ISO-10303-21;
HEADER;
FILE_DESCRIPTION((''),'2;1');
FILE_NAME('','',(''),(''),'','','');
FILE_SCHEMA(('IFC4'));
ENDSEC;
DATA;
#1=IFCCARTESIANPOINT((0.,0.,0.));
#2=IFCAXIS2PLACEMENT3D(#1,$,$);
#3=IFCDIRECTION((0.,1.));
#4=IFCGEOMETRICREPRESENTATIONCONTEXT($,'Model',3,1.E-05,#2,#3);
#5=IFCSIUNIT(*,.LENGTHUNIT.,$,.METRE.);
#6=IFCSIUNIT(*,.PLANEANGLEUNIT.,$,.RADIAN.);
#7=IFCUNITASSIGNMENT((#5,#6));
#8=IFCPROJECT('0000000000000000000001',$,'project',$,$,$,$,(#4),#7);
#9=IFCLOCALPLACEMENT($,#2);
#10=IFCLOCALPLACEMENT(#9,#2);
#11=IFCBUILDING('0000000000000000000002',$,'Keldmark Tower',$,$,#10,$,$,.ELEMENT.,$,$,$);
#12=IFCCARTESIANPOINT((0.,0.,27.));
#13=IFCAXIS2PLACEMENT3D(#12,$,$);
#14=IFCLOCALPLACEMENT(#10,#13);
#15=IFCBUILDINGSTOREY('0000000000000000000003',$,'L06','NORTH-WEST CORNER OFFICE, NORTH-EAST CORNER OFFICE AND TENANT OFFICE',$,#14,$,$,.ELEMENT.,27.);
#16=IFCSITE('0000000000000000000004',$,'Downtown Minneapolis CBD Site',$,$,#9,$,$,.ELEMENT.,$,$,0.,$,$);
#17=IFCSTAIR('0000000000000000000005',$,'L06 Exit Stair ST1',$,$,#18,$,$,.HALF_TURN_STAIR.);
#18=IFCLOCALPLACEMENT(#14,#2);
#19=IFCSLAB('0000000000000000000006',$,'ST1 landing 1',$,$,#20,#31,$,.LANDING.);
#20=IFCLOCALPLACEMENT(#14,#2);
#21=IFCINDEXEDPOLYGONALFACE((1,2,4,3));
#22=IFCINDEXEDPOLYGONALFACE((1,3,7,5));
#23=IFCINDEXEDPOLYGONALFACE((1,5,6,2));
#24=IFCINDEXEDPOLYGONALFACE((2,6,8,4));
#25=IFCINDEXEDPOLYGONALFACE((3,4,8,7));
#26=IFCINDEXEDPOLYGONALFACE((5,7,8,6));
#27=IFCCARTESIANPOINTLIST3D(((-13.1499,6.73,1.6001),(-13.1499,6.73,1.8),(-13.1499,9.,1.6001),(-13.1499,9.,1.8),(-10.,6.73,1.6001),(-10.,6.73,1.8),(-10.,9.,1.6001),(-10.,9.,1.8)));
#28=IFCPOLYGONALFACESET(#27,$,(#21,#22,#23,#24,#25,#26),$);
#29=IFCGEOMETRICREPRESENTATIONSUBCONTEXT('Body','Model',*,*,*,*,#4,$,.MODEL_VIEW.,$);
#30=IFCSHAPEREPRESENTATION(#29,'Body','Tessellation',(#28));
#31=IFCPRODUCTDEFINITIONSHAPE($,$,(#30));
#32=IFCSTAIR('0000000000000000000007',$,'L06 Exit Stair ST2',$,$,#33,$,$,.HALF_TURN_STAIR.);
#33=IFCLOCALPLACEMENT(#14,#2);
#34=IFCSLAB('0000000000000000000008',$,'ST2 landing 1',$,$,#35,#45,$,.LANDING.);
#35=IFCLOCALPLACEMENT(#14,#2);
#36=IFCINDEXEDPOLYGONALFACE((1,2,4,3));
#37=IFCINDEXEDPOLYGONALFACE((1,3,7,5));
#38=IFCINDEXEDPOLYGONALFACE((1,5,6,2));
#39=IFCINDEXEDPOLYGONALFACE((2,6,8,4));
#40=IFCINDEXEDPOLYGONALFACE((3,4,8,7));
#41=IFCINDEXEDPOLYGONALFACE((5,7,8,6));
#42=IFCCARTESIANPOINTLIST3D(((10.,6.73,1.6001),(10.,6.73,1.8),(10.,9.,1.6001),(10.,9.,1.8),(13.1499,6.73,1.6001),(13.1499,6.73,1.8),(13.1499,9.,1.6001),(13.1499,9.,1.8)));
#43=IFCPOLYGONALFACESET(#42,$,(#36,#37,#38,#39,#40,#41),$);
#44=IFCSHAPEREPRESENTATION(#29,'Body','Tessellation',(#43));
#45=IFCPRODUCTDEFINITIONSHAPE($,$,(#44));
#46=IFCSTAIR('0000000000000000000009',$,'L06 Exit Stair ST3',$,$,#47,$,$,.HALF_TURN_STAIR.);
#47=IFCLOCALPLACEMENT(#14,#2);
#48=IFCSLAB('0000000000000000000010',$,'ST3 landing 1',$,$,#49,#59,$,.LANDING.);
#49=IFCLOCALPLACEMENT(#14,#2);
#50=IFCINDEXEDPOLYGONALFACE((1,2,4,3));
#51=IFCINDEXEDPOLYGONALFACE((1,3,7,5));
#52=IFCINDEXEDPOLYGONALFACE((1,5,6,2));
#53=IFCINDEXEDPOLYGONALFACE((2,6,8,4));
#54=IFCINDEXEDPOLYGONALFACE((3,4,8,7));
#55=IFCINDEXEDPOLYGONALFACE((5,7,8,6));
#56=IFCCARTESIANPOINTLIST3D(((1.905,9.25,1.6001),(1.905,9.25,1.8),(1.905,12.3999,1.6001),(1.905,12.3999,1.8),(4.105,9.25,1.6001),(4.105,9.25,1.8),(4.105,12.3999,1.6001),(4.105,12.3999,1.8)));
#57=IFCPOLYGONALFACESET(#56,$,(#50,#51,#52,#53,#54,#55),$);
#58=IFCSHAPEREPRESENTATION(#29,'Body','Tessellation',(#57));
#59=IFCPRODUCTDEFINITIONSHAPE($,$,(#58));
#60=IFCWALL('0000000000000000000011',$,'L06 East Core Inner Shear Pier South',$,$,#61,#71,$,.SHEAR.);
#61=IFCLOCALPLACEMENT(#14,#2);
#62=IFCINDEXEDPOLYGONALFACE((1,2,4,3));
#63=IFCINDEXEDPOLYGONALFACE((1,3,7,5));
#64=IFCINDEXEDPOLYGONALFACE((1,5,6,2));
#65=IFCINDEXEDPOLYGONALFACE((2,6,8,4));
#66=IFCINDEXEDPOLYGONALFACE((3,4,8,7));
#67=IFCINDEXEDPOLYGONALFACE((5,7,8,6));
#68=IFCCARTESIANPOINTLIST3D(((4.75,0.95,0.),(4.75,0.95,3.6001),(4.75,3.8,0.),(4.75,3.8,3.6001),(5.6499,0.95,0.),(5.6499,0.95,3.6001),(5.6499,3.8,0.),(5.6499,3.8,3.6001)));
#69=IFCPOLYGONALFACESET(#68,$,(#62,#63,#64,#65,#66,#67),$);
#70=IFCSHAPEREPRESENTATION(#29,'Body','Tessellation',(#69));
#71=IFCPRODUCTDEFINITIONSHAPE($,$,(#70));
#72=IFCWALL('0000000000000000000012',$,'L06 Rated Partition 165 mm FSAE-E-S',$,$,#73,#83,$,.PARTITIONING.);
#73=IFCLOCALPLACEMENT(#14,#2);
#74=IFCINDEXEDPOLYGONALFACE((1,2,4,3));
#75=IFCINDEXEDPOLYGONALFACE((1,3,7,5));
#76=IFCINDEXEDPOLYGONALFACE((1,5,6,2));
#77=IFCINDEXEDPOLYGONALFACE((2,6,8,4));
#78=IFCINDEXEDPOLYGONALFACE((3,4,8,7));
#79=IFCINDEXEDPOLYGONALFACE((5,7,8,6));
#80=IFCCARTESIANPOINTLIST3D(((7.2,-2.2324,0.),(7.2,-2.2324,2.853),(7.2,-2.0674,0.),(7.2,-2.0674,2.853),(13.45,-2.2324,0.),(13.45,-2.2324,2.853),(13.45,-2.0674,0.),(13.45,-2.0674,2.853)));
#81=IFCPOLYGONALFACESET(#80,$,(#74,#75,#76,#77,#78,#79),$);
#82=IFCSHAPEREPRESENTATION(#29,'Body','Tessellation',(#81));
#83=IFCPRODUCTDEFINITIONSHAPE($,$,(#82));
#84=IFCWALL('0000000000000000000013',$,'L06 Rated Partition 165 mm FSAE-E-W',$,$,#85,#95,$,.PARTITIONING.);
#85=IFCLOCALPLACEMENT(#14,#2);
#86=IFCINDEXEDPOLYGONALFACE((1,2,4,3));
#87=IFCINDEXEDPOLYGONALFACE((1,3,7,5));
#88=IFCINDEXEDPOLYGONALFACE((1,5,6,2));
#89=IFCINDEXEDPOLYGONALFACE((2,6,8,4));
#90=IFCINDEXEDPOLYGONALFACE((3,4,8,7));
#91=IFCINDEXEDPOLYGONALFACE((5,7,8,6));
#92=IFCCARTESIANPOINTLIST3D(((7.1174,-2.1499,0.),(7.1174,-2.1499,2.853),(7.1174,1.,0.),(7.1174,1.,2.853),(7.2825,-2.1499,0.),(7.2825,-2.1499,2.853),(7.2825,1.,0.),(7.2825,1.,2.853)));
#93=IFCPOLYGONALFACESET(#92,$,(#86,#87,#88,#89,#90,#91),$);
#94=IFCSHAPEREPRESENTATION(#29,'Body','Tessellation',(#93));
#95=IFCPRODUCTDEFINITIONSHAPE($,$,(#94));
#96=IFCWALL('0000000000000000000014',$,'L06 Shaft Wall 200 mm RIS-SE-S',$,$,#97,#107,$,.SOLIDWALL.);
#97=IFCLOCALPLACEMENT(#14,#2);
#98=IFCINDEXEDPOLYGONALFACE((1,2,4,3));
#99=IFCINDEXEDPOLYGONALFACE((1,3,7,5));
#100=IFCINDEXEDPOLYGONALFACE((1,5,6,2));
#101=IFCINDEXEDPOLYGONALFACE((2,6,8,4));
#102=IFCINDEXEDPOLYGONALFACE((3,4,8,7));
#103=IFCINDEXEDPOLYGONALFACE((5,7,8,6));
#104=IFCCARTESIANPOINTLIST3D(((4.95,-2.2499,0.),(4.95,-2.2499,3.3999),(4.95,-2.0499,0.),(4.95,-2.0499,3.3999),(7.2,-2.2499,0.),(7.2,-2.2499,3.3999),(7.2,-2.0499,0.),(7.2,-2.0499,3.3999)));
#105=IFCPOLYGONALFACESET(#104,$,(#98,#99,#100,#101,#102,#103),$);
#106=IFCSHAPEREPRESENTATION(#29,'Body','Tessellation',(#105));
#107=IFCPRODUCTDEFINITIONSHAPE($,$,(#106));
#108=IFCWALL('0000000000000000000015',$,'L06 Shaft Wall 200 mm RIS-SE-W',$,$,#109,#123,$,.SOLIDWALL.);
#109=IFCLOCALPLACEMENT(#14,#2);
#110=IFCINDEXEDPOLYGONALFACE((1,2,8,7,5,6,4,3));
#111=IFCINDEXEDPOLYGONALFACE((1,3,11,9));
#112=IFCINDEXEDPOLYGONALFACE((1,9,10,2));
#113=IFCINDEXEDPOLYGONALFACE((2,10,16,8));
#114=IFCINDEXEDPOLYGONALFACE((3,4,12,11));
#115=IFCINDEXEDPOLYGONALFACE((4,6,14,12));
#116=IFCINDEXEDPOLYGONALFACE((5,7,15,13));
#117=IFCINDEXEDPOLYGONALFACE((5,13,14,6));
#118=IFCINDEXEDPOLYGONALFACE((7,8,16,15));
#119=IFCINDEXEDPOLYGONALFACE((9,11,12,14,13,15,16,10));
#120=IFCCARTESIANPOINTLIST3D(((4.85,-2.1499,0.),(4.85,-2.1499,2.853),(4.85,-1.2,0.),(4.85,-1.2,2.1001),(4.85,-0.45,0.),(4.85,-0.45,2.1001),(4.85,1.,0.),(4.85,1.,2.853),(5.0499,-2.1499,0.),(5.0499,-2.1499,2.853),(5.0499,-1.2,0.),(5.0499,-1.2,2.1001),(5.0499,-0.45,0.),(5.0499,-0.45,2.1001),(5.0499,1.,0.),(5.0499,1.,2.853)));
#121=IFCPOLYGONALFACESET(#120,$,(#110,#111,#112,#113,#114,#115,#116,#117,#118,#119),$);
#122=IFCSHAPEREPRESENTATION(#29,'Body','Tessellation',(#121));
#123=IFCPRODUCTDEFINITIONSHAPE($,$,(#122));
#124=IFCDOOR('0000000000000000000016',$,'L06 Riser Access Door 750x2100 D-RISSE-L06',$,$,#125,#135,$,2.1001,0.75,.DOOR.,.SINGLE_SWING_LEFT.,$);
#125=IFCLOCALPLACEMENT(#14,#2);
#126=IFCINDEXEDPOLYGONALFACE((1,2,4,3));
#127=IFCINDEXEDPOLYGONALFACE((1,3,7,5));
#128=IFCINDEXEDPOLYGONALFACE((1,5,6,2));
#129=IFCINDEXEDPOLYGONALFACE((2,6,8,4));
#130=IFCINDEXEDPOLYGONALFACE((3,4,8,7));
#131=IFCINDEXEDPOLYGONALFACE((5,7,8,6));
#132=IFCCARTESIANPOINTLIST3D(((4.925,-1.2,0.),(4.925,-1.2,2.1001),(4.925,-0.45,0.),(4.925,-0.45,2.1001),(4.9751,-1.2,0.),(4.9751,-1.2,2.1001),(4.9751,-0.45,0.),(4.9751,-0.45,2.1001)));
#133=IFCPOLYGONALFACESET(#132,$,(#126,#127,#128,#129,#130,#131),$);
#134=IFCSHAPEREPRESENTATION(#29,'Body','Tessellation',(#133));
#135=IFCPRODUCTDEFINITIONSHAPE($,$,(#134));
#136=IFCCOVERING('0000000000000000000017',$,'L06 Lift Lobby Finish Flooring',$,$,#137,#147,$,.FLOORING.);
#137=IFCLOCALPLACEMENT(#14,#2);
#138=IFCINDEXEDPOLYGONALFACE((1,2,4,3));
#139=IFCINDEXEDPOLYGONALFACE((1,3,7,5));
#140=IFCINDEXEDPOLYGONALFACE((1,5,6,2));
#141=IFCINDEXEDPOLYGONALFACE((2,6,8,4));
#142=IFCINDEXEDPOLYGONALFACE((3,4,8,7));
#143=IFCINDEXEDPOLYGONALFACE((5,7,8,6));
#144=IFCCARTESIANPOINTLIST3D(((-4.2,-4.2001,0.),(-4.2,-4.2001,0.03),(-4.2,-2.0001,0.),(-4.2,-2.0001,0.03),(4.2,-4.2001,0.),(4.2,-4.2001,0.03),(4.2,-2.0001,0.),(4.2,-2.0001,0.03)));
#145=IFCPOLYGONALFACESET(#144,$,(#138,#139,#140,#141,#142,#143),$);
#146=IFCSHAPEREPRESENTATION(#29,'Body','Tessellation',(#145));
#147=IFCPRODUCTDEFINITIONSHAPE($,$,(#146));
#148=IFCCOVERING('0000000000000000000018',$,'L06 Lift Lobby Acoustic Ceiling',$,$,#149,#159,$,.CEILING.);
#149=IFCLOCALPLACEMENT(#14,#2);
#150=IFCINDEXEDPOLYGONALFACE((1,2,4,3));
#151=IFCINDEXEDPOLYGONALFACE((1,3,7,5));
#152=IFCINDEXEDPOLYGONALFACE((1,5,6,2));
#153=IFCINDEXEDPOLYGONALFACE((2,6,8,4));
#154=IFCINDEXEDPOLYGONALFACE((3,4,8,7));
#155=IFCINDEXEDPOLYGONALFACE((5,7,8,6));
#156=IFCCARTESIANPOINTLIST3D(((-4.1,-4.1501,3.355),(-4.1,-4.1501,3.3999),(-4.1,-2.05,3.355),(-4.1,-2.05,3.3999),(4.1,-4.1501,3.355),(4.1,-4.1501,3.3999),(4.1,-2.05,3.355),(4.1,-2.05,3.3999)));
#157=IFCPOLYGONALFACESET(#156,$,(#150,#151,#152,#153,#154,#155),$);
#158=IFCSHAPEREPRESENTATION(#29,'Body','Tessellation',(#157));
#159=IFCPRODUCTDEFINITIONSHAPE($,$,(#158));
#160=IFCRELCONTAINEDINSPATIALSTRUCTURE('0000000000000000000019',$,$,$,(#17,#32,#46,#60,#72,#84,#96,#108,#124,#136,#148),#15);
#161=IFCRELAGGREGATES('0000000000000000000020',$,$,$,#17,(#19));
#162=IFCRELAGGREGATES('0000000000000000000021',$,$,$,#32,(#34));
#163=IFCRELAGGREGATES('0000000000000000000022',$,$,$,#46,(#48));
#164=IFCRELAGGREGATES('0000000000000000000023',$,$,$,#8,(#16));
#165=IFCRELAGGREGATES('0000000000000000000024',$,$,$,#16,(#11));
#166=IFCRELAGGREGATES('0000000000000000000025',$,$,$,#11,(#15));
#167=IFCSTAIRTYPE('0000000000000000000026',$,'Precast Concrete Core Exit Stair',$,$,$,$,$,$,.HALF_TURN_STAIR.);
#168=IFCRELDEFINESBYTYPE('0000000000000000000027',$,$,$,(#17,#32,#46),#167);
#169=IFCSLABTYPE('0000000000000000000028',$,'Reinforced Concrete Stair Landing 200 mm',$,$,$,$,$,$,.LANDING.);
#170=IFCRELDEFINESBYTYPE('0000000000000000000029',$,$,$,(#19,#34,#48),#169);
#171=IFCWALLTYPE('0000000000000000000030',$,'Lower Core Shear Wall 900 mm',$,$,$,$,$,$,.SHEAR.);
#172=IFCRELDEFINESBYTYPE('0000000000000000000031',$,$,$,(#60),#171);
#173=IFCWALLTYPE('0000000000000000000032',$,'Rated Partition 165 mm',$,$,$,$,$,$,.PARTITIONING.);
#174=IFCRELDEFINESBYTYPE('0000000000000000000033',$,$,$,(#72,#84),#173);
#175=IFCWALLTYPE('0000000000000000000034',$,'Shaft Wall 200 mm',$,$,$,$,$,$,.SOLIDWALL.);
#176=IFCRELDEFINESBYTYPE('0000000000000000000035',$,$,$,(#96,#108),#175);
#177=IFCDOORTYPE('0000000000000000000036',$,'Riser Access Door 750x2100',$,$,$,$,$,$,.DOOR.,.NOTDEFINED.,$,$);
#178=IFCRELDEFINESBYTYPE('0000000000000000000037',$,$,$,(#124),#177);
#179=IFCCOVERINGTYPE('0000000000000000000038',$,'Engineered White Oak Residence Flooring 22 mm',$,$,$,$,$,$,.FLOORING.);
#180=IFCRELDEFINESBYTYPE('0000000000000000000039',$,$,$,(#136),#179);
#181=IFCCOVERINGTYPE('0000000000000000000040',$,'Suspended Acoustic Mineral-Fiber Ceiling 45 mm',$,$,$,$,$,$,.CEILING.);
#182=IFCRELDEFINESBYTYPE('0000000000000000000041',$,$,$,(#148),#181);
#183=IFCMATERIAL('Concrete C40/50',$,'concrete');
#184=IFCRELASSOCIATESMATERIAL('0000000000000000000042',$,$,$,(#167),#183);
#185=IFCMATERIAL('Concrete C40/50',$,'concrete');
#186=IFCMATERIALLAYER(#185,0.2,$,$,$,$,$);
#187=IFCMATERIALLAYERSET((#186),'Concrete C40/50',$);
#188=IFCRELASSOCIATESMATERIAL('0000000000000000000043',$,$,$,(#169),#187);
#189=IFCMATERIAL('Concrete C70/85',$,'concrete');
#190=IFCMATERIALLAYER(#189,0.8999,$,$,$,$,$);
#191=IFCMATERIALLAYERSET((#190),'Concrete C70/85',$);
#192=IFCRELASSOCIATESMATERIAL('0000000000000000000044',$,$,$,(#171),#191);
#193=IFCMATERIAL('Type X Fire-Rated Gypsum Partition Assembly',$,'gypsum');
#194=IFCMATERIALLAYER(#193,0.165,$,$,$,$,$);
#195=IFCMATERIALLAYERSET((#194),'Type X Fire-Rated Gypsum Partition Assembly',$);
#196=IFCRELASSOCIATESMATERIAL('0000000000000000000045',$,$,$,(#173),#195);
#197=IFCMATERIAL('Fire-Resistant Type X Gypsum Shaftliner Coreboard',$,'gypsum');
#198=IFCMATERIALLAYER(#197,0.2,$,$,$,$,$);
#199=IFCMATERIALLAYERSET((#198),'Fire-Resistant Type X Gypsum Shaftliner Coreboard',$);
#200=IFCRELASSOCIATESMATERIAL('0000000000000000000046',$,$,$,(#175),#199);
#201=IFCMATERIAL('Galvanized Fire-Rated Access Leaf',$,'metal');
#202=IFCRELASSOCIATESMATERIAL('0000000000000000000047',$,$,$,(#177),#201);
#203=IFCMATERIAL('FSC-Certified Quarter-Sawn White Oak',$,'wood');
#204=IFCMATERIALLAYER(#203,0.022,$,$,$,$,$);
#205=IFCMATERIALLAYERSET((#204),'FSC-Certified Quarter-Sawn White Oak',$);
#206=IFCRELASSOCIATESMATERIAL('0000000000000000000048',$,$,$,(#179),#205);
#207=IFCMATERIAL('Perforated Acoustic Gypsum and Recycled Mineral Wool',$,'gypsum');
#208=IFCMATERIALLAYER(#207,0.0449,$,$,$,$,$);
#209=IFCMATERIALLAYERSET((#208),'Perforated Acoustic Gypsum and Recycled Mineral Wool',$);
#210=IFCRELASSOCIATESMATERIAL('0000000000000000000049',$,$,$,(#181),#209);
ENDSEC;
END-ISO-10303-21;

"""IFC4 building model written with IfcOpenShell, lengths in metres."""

from ifc_helpers import new_model, si_unit, direction, frame, frame_2d, origin, origin_2d, place, context, subcontext, project, spatial, polyline, rectangle, outline, extrude, material, layer, layer_set, type_object, element, fill, aggregate, save


model = new_model("IFC4")

# Units and contexts
model_context = context("Model", 3, precision=1e-05, world=origin(), true_north=direction((0.0, 1.0)))
body_context = subcontext(model_context, "Body", "Model", "MODEL_VIEW")
ifc_project = project(units=[si_unit("LENGTHUNIT", "METRE"), si_unit("PLANEANGLEUNIT", "RADIAN")], contexts=[model_context])

# Site, building, storey
site_placement = place(None, origin())
site = spatial("IfcSite", under=ifc_project, at=site_placement, Name="Downtown Minneapolis CBD Site", CompositionType="ELEMENT", RefElevation=0.0)
building_placement = place(site_placement, origin())
building = spatial("IfcBuilding", under=site, at=building_placement, Name="Keldmark Tower", CompositionType="ELEMENT")
storey_placement = place(building_placement, frame((0.0, 0.0, 27.0)))
storey = spatial("IfcBuildingStorey", under=building, at=storey_placement, Name="L06", Description="NORTH-WEST CORNER OFFICE, NORTH-EAST CORNER OFFICE AND TENANT OFFICE", CompositionType="ELEMENT", Elevation=27.0)

# Stairs, slabs
ifc_material_1 = material(Name="Concrete C40/50", Category="concrete")
stair_type = type_object("IfcStairType", Name="Precast Concrete Core Exit Stair", PredefinedType="HALF_TURN_STAIR", material=ifc_material_1)
stair_1_placement = place(storey_placement, origin())
stair_1 = element("IfcStair", 1, at=stair_1_placement, inside=storey, type_object=stair_type, Name="L06 Exit Stair ST1", PredefinedType="HALF_TURN_STAIR")
ifc_material_2 = material(Name="Concrete C40/50", Category="concrete")
ifc_layer_1 = layer(ifc_material_2, 0.2)
ifc_layer_set_1 = layer_set([ifc_layer_1], Name="Concrete C40/50")
slab_type_1 = type_object("IfcSlabType", Name="Reinforced Concrete Stair Landing 200 mm", PredefinedType="LANDING", material=ifc_layer_set_1)
slab_1_placement = place(storey_placement, frame((0.0, 0.0, 1.6001)))
slab_1 = element("IfcSlab", 2, at=slab_1_placement, type_object=slab_type_1, Name="ST1 landing 1", PredefinedType="LANDING", context=body_context, shape_type="SweptSolid", body=[
    extrude(outline(polyline([(-10.0, 6.73), (-10.0, 9.0), (-13.1499, 9.0), (-13.1499, 6.73), (-10.0, 6.73)])), origin(), (0.0, 0.0, 1.0), 0.2),
])
aggregate(stair_1, [slab_1])
stair_2_placement = place(storey_placement, origin())
stair_2 = element("IfcStair", 3, at=stair_2_placement, inside=storey, type_object=stair_type, Name="L06 Exit Stair ST2", PredefinedType="HALF_TURN_STAIR")
slab_2_placement = place(storey_placement, frame((0.0, 0.0, 1.6001)))
slab_2 = element("IfcSlab", 4, at=slab_2_placement, type_object=slab_type_1, Name="ST2 landing 1", PredefinedType="LANDING", context=body_context, shape_type="SweptSolid", body=[
    extrude(outline(polyline([(13.1499, 6.73), (13.1499, 9.0), (10.0, 9.0), (10.0, 6.73), (13.1499, 6.73)])), origin(), (0.0, 0.0, 1.0), 0.2),
])
aggregate(stair_2, [slab_2])
stair_3_placement = place(storey_placement, origin())
stair_3 = element("IfcStair", 5, at=stair_3_placement, inside=storey, type_object=stair_type, Name="L06 Exit Stair ST3", PredefinedType="HALF_TURN_STAIR")
slab_3_placement = place(storey_placement, frame((0.0, 0.0, 1.6001)))
slab_3 = element("IfcSlab", 6, at=slab_3_placement, type_object=slab_type_1, Name="ST3 landing 1", PredefinedType="LANDING", context=body_context, shape_type="SweptSolid", body=[
    extrude(outline(polyline([(1.905, 9.25), (4.105, 9.25), (4.105, 12.3999), (1.905, 12.3999), (1.905, 9.25)])), origin(), (0.0, 0.0, 1.0), 0.2),
])
aggregate(stair_3, [slab_3])

# Walls
ifc_material_3 = material(Name="Concrete C70/85", Category="concrete")
ifc_layer_2 = layer(ifc_material_3, 0.8999)
ifc_layer_set_2 = layer_set([ifc_layer_2], Name="Concrete C70/85")
wall_type_1 = type_object("IfcWallType", Name="Lower Core Shear Wall 900 mm", PredefinedType="SHEAR", material=ifc_layer_set_2)
wall_1_placement = place(storey_placement, frame((5.2, 0.95, 0.0), z_axis=(0.0, 0.0, 1.0), x_axis=(0.0, 1.0, 0.0)))
element("IfcWall", 7, at=wall_1_placement, inside=storey, type_object=wall_type_1, Name="L06 East Core Inner Shear Pier South", PredefinedType="SHEAR", context=body_context, shape_type="SweptSolid", body=[
    extrude(rectangle(XDim=2.8501, YDim=0.8999, at=frame_2d((1.425, 0.0))), origin(), (0.0, 0.0, 1.0), 3.6001),
])
ifc_material_4 = material(Name="Type X Fire-Rated Gypsum Partition Assembly", Category="gypsum")
ifc_layer_3 = layer(ifc_material_4, 0.165)
ifc_layer_set_3 = layer_set([ifc_layer_3], Name="Type X Fire-Rated Gypsum Partition Assembly")
wall_type_2 = type_object("IfcWallType", Name="Rated Partition 165 mm", PredefinedType="PARTITIONING", material=ifc_layer_set_3)
wall_2_placement = place(storey_placement, frame((7.2, -2.1499, 0.0), z_axis=(0.0, 0.0, 1.0), x_axis=(1.0, 0.0, 0.0)))
element("IfcWall", 8, at=wall_2_placement, inside=storey, type_object=wall_type_2, Name="L06 Rated Partition 165 mm FSAE-E-S", PredefinedType="PARTITIONING", context=body_context, shape_type="SweptSolid", body=[
    extrude(rectangle(XDim=6.25, YDim=0.165, at=frame_2d((3.125, 0.0))), origin(), (0.0, 0.0, 1.0), 2.853),
])
wall_3_placement = place(storey_placement, frame((7.2, -2.1499, 0.0), z_axis=(0.0, 0.0, 1.0), x_axis=(0.0, 1.0, 0.0)))
element("IfcWall", 9, at=wall_3_placement, inside=storey, type_object=wall_type_2, Name="L06 Rated Partition 165 mm FSAE-E-W", PredefinedType="PARTITIONING", context=body_context, shape_type="SweptSolid", body=[
    extrude(rectangle(XDim=3.1499, YDim=0.165, at=frame_2d((1.575, 0.0))), origin(), (0.0, 0.0, 1.0), 2.853),
])
ifc_material_5 = material(Name="Fire-Resistant Type X Gypsum Shaftliner Coreboard", Category="gypsum")
ifc_layer_4 = layer(ifc_material_5, 0.2)
ifc_layer_set_4 = layer_set([ifc_layer_4], Name="Fire-Resistant Type X Gypsum Shaftliner Coreboard")
wall_type_3 = type_object("IfcWallType", Name="Shaft Wall 200 mm", PredefinedType="SOLIDWALL", material=ifc_layer_set_4)
wall_4_placement = place(storey_placement, frame((4.95, -2.1499, 0.0), z_axis=(0.0, 0.0, 1.0), x_axis=(1.0, 0.0, 0.0)))
element("IfcWall", 10, at=wall_4_placement, inside=storey, type_object=wall_type_3, Name="L06 Shaft Wall 200 mm RIS-SE-S", PredefinedType="SOLIDWALL", context=body_context, shape_type="SweptSolid", body=[
    extrude(rectangle(XDim=2.25, YDim=0.2, at=frame_2d((1.125, 0.0))), origin(), (0.0, 0.0, 1.0), 3.3999),
])

# Wall, opening, door
wall_5_placement = place(storey_placement, frame((4.95, -2.1499, 0.0), z_axis=(0.0, 0.0, 1.0), x_axis=(0.0, 1.0, 0.0)))
wall_5 = element("IfcWall", 11, at=wall_5_placement, inside=storey, type_object=wall_type_3, Name="L06 Shaft Wall 200 mm RIS-SE-W", PredefinedType="SOLIDWALL", context=body_context, shape_type="SweptSolid", body=[
    extrude(rectangle(XDim=3.1499, YDim=0.2, at=frame_2d((1.575, 0.0))), origin(), (0.0, 0.0, 1.0), 2.853),
])
opening_placement = place(wall_5_placement, frame((0.95, 0.0, 0.0)))
opening = element("IfcOpeningElement", 12, at=opening_placement, cuts=wall_5, PredefinedType="OPENING", context=body_context, shape_type="SweptSolid", body=[
    extrude(rectangle(XDim=0.75, YDim=2.1001, at=frame_2d((0.375, 1.05))), frame((0.0, 0.1099, 0.0), z_axis=(0.0, -1.0, 0.0), x_axis=(1.0, 0.0, 0.0)), (0.0, 0.0, 1.0), 0.22),
])
ifc_material_6 = material(Name="Galvanized Fire-Rated Access Leaf", Category="metal")
door_type = type_object("IfcDoorType", Name="Riser Access Door 750x2100", OperationType="NOTDEFINED", PredefinedType="DOOR", material=ifc_material_6)
door_placement = place(opening_placement, origin())
door = element("IfcDoor", 13, at=door_placement, inside=storey, type_object=door_type, Name="L06 Riser Access Door 750x2100 D-RISSE-L06", OperationType="SINGLE_SWING_LEFT", OverallHeight=2.1001, OverallWidth=0.75, PredefinedType="DOOR", context=body_context, shape_type="SweptSolid", body=[
    extrude(rectangle(XDim=0.75, YDim=2.1001, at=frame_2d((0.375, 1.05))), frame((0.0, 0.0249, 0.0), z_axis=(0.0, -1.0, 0.0), x_axis=(1.0, 0.0, 0.0)), (0.0, 0.0, 1.0), 0.05),
])
fill(opening, door)

# Coverings
ifc_material_7 = material(Name="FSC-Certified Quarter-Sawn White Oak", Category="wood")
ifc_layer_5 = layer(ifc_material_7, 0.022)
ifc_layer_set_5 = layer_set([ifc_layer_5], Name="FSC-Certified Quarter-Sawn White Oak")
covering_type_1 = type_object("IfcCoveringType", Name="Engineered White Oak Residence Flooring 22 mm", PredefinedType="FLOORING", material=ifc_layer_set_5)
covering_1_placement = place(storey_placement, frame((0.0, -3.1001, 0.0), z_axis=(0.0, 0.0, 1.0), x_axis=(1.0, 0.0, 0.0)))
element("IfcCovering", 14, at=covering_1_placement, inside=storey, type_object=covering_type_1, Name="L06 Lift Lobby Finish Flooring", PredefinedType="FLOORING", context=body_context, shape_type="SweptSolid", body=[
    extrude(rectangle(XDim=8.3999, YDim=2.2, at=origin_2d()), origin(), (0.0, 0.0, 1.0), 0.03),
])
ifc_material_8 = material(Name="Perforated Acoustic Gypsum and Recycled Mineral Wool", Category="gypsum")
ifc_layer_6 = layer(ifc_material_8, 0.0449)
ifc_layer_set_6 = layer_set([ifc_layer_6], Name="Perforated Acoustic Gypsum and Recycled Mineral Wool")
covering_type_2 = type_object("IfcCoveringType", Name="Suspended Acoustic Mineral-Fiber Ceiling 45 mm", PredefinedType="CEILING", material=ifc_layer_set_6)
covering_2_placement = place(storey_placement, frame((0.0, -3.1001, 3.355), z_axis=(0.0, 0.0, 1.0), x_axis=(1.0, 0.0, 0.0)))
element("IfcCovering", 15, at=covering_2_placement, inside=storey, type_object=covering_type_2, Name="L06 Lift Lobby Acoustic Ceiling", PredefinedType="CEILING", context=body_context, shape_type="SweptSolid", body=[
    extrude(rectangle(XDim=8.2, YDim=2.1001, at=origin_2d()), origin(), (0.0, 0.0, 1.0), 0.0449),
])

save(model, "model.ifc")
